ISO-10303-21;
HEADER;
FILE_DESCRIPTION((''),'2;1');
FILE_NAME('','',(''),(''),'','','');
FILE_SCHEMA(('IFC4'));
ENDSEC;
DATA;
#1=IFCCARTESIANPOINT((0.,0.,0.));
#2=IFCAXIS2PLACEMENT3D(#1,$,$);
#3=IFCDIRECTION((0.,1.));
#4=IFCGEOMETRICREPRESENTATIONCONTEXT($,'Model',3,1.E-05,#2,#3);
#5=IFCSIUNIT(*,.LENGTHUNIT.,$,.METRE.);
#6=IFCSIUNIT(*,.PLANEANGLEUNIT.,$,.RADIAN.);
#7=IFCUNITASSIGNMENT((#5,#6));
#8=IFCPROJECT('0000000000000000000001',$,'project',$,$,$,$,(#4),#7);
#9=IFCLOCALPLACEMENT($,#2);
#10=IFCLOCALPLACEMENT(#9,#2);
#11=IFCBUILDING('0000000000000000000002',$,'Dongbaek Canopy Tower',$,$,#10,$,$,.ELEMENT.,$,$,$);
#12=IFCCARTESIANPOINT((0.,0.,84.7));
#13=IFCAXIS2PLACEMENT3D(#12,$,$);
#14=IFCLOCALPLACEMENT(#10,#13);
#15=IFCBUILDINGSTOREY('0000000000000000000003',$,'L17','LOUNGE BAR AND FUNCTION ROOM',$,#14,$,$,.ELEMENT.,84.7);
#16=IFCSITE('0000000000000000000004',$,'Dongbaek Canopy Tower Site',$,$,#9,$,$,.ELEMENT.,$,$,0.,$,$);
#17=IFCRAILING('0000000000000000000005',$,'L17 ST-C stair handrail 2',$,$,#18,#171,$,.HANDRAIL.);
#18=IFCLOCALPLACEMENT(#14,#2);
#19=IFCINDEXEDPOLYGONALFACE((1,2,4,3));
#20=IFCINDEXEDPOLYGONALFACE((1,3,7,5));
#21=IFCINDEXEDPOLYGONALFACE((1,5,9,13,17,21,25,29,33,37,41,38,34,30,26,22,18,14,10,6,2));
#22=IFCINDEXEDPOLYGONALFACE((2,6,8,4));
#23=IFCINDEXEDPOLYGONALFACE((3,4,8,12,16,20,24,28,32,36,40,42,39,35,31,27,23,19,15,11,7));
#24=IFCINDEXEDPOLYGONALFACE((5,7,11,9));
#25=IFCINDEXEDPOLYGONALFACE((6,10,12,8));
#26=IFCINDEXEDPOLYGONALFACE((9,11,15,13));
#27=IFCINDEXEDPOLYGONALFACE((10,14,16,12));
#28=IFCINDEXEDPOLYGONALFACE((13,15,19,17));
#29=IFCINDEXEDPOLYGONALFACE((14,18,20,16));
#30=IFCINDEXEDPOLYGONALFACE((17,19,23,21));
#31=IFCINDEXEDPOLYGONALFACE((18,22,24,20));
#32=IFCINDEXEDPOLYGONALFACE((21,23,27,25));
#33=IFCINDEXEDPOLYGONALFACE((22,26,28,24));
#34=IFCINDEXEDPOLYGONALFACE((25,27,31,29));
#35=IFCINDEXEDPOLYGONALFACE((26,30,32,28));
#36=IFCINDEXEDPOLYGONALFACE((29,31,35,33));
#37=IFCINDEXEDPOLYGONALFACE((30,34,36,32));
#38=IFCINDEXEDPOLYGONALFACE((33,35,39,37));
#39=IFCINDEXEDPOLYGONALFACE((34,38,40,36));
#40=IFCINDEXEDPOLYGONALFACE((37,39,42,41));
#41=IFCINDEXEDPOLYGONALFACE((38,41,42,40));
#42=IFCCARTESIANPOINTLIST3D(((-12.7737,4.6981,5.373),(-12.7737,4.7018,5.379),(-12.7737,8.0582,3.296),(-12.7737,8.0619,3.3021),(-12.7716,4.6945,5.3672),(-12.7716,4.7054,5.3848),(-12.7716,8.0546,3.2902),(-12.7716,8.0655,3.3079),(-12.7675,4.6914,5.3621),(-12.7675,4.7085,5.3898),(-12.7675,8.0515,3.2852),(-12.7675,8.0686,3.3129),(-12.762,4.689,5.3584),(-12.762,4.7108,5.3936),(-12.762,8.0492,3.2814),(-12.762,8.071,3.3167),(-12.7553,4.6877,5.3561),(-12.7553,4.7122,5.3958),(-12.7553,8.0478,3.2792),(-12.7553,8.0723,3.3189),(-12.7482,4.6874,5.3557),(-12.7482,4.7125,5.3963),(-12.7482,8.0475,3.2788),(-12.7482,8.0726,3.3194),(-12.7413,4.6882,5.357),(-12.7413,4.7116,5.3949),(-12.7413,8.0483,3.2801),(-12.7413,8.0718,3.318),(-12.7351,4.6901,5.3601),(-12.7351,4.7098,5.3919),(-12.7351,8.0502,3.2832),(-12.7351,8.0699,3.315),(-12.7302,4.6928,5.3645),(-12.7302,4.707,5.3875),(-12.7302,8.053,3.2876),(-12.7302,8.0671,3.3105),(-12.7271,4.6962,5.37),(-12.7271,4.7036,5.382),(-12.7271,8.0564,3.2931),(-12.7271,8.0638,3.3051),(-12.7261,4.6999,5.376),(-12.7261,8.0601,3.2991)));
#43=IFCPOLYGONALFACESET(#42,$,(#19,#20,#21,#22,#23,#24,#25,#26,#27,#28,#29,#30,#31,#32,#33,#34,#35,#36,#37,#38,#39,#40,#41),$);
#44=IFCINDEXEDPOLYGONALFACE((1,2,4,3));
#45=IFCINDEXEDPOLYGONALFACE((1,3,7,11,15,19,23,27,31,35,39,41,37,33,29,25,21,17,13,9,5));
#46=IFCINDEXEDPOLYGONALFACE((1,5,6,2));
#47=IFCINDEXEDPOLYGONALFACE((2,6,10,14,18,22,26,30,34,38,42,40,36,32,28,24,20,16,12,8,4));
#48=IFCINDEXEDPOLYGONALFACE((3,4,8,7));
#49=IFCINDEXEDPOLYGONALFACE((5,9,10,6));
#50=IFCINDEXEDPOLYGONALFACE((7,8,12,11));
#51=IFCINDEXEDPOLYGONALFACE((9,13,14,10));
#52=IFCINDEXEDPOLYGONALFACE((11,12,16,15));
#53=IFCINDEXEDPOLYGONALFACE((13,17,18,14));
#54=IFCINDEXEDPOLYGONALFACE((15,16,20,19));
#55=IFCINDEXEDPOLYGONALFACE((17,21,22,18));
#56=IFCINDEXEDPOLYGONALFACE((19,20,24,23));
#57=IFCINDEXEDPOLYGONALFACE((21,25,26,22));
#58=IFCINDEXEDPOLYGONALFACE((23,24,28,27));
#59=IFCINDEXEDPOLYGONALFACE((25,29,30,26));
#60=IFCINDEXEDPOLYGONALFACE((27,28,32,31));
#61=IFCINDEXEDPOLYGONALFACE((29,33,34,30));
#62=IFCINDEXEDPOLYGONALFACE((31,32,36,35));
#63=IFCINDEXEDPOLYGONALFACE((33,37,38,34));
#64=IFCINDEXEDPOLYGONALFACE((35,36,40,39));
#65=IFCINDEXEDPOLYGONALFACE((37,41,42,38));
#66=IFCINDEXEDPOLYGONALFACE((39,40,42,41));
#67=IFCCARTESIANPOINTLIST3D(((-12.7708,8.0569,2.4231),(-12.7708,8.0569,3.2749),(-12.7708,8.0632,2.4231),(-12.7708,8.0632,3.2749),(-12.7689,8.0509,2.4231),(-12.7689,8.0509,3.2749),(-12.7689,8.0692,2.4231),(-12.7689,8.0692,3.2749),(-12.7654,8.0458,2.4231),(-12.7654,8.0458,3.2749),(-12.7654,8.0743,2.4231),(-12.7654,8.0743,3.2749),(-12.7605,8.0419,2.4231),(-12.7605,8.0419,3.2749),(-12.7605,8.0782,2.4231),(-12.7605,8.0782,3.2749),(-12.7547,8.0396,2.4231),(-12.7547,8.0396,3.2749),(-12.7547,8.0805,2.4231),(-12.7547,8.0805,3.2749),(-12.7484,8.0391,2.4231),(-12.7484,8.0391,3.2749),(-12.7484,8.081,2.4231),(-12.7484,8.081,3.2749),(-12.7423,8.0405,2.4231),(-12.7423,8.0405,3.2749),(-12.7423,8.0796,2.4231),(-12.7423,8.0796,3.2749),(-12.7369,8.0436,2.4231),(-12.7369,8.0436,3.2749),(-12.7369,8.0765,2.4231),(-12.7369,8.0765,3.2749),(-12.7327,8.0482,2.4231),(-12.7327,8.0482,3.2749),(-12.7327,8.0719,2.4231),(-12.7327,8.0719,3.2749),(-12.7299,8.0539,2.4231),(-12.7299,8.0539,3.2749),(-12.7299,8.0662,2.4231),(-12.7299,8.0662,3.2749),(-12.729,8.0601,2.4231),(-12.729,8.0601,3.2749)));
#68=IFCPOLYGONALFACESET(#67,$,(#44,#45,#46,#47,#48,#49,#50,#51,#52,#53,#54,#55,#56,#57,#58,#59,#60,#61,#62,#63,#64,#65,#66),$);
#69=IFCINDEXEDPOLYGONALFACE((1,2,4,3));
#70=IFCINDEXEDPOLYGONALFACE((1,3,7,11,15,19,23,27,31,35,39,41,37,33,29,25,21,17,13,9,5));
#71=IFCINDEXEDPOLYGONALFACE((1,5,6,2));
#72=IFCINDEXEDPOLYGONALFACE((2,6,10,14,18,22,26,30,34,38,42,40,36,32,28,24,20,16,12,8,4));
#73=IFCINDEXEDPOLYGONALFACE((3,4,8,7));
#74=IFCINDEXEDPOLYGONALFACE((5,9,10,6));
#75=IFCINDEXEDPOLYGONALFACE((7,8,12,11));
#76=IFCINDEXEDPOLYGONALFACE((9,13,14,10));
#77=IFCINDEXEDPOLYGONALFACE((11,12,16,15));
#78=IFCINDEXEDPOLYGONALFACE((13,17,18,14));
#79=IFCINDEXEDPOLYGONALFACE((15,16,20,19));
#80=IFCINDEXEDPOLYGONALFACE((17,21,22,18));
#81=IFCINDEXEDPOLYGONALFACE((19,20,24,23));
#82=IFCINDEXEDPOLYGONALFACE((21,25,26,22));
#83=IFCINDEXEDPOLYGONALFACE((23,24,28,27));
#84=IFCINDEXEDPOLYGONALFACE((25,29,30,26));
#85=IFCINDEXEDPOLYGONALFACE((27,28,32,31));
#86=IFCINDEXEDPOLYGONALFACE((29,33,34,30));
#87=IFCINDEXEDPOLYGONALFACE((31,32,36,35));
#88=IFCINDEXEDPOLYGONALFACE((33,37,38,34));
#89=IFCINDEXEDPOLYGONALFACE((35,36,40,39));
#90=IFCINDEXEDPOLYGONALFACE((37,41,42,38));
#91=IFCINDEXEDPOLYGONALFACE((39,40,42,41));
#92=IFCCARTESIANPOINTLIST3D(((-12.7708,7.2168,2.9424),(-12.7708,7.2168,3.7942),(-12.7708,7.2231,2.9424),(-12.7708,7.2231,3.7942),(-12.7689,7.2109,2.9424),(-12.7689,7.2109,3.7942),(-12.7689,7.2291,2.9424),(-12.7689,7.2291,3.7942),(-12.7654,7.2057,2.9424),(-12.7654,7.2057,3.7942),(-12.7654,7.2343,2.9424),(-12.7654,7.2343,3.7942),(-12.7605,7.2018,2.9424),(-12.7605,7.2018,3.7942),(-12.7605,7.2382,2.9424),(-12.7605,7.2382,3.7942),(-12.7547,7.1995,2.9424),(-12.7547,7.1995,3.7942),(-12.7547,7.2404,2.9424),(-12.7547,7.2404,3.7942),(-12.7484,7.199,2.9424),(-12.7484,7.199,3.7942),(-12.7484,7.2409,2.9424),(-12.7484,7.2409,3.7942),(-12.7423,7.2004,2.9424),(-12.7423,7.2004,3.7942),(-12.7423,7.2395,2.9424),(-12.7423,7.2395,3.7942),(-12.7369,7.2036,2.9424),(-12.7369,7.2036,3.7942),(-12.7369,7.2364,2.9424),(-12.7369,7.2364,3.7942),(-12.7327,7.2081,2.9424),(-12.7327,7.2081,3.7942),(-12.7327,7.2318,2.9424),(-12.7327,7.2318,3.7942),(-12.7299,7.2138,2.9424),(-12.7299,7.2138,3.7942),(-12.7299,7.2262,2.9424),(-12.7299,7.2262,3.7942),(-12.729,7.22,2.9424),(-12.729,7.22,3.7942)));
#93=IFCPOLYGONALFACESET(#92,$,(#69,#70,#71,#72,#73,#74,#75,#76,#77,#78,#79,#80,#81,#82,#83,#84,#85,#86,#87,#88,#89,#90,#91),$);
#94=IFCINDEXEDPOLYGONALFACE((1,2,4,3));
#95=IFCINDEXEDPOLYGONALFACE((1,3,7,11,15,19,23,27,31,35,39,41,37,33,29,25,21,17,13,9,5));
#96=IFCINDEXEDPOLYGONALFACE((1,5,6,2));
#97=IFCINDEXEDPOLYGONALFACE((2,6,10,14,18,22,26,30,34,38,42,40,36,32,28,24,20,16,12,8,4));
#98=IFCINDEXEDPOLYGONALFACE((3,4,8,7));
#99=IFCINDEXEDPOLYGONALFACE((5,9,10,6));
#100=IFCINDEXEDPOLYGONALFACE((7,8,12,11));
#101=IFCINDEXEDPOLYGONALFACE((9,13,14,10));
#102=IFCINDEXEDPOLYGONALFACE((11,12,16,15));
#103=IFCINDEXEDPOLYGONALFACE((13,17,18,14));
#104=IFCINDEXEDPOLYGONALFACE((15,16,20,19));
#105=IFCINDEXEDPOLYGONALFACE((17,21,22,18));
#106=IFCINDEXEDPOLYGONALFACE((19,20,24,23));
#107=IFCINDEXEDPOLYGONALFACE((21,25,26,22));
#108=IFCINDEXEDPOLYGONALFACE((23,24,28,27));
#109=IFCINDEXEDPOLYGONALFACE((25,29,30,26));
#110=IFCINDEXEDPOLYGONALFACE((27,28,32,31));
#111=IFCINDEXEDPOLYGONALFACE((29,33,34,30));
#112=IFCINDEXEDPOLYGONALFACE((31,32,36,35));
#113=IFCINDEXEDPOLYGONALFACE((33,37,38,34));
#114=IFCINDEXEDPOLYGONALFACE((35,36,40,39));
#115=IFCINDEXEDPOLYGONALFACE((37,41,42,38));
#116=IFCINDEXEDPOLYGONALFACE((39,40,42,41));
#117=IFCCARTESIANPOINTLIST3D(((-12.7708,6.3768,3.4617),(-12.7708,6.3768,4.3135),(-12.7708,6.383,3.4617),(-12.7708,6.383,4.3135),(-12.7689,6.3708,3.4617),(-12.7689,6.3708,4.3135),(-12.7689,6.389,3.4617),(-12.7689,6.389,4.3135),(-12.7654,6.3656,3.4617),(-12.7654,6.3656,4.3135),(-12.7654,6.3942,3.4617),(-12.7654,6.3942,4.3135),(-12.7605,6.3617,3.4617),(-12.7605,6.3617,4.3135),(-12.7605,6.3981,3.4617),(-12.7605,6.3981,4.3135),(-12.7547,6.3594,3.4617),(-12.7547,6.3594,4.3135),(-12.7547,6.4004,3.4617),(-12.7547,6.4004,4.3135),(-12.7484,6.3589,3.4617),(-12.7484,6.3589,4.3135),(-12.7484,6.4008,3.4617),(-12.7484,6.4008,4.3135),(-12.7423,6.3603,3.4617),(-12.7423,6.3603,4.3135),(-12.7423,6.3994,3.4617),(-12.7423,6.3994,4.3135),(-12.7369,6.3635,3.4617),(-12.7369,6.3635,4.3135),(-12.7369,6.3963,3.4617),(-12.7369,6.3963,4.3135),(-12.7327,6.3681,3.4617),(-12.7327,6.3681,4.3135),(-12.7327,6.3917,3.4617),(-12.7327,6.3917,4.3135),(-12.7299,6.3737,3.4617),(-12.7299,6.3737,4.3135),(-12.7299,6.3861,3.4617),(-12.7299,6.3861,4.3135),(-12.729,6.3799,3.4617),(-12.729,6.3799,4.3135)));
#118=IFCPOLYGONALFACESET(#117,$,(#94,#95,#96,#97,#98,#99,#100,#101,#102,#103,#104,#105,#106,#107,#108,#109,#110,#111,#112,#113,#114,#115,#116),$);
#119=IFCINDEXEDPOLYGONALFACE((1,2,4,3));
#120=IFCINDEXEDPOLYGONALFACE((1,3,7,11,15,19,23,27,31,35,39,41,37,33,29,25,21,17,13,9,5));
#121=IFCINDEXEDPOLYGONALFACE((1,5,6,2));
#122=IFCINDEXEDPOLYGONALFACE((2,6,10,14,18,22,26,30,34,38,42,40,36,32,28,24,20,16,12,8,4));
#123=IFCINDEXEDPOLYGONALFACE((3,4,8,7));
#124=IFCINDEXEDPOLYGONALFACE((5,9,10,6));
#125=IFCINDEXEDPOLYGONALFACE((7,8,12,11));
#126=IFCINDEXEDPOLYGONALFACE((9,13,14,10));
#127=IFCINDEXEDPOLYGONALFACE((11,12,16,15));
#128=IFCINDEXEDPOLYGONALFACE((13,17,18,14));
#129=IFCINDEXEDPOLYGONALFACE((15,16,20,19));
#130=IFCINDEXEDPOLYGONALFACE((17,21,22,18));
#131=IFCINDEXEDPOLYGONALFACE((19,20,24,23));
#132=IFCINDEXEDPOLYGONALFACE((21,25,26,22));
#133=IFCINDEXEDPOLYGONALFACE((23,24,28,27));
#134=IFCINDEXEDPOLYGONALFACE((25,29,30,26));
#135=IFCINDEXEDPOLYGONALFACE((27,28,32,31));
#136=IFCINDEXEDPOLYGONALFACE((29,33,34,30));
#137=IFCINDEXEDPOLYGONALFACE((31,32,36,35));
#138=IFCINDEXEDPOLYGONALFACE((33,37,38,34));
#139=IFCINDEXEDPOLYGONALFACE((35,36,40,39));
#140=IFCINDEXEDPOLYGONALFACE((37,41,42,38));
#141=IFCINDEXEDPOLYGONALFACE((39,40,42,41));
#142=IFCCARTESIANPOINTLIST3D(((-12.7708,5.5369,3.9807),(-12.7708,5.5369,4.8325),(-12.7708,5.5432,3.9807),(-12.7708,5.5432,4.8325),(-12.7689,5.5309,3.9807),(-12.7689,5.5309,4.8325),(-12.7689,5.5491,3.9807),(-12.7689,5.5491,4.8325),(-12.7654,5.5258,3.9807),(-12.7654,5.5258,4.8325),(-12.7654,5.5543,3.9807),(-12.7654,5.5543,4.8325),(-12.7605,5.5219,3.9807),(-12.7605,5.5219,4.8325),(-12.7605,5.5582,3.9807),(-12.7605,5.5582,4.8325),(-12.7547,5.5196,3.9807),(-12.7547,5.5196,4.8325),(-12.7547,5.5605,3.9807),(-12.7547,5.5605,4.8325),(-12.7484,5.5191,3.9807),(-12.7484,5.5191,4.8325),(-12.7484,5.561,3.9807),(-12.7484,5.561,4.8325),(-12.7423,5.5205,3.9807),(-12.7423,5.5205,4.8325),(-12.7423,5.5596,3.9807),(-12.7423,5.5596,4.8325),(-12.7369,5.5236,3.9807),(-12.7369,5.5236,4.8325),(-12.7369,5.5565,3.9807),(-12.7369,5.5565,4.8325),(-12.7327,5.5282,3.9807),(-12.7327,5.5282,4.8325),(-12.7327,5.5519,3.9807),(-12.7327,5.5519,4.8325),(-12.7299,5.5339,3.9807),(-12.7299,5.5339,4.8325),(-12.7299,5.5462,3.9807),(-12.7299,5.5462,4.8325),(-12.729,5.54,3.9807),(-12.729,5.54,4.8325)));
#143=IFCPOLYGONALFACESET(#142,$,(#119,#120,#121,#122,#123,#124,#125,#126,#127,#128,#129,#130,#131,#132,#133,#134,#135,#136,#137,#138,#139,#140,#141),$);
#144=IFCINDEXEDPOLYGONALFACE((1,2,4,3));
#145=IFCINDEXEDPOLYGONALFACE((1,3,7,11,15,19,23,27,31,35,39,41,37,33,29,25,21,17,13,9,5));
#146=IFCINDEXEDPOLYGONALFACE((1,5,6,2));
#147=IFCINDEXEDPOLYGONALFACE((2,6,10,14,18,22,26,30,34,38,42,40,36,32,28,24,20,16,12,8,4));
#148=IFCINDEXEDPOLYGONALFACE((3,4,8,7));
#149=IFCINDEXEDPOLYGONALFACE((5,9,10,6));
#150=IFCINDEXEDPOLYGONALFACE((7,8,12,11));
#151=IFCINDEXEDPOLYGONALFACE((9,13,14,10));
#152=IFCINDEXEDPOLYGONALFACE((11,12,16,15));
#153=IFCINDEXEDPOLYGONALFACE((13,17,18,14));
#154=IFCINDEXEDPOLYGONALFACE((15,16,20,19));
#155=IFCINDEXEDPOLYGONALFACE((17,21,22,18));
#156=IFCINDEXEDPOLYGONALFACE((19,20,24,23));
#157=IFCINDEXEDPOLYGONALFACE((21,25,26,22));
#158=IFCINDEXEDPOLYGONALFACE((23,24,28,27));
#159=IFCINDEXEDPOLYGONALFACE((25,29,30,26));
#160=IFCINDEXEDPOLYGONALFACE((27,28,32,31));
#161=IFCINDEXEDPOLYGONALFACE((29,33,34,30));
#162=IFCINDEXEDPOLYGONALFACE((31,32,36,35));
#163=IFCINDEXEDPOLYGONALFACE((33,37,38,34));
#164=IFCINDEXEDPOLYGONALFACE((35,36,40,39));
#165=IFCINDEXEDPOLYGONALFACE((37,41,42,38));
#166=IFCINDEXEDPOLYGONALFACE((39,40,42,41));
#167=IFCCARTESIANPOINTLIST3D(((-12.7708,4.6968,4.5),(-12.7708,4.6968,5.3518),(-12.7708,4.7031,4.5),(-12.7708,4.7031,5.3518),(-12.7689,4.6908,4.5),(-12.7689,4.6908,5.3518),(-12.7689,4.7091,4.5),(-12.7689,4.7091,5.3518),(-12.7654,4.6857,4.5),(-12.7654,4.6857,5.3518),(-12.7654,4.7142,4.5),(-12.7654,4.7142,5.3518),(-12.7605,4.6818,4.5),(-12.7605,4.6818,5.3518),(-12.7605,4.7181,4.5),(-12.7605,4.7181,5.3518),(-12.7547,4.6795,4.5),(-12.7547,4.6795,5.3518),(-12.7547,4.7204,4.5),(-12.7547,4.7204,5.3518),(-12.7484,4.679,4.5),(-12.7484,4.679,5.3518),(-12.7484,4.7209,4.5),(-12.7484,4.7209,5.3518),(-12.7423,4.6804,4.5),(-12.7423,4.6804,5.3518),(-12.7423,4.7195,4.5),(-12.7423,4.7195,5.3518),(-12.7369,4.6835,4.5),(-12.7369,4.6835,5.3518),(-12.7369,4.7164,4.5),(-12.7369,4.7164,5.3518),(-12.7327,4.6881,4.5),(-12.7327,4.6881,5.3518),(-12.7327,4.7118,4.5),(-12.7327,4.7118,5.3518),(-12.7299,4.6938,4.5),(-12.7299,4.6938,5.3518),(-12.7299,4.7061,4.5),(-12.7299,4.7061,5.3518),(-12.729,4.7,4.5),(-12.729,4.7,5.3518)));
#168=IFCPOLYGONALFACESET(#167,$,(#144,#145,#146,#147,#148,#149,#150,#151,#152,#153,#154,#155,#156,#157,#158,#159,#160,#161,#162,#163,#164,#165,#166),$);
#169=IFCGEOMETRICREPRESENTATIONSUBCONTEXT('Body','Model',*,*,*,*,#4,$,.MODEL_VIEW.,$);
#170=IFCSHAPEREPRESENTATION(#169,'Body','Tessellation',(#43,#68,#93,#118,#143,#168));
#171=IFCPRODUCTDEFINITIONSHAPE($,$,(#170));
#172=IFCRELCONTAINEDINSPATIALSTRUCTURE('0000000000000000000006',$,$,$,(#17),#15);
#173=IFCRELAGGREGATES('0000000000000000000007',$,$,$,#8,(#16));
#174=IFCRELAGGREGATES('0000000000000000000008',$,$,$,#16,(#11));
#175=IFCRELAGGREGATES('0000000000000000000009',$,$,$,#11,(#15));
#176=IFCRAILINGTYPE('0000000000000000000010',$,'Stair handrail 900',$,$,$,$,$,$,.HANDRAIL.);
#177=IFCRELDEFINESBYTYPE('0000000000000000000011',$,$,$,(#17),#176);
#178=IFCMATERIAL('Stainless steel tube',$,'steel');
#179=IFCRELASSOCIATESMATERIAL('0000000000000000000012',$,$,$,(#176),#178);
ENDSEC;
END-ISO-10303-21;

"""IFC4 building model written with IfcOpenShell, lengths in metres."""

from ifc_helpers import new_model, si_unit, direction, frame, origin, origin_2d, place, context, subcontext, project, spatial, circle, extrude, material, type_object, element, save


model = new_model("IFC4")

# Units and contexts
model_context = context("Model", 3, precision=1e-05, world=origin(), true_north=direction((0.0, 1.0)))
body_context = subcontext(model_context, "Body", "Model", "MODEL_VIEW")
ifc_project = project(units=[si_unit("LENGTHUNIT", "METRE"), si_unit("PLANEANGLEUNIT", "RADIAN")], contexts=[model_context])

# Site, building, storey
site_placement = place(None, origin())
site = spatial("IfcSite", under=ifc_project, at=site_placement, Name="Dongbaek Canopy Tower Site", CompositionType="ELEMENT", RefElevation=0.0)
building_placement = place(site_placement, origin())
building = spatial("IfcBuilding", under=site, at=building_placement, Name="Dongbaek Canopy Tower", CompositionType="ELEMENT")
storey_placement = place(building_placement, frame((0.0, 0.0, 84.7)))
storey = spatial("IfcBuildingStorey", under=building, at=storey_placement, Name="L17", Description="LOUNGE BAR AND FUNCTION ROOM", CompositionType="ELEMENT", Elevation=84.7)

# Railing
ifc_material_1 = material(Name="Stainless steel tube", Category="steel")
railing_type_1 = type_object("IfcRailingType", Name="Stair handrail 900", PredefinedType="HANDRAIL", material=ifc_material_1)
railing_1_placement = place(storey_placement, frame((-12.75, 8.0601, 2.4231)))
element("IfcRailing", 1, at=railing_1_placement, inside=storey, type_object=railing_type_1, Name="L17 ST-C stair handrail 2", PredefinedType="HANDRAIL", context=body_context, shape_type="SweptSolid", body=[
    extrude(circle(Radius=0.0239, at=origin_2d()), frame((0.0, 0.0, 0.876), z_axis=(0.0, -0.850623, 0.525776), x_axis=(1.0, 0.0, 0.0)), (0.0, 0.0, 1.0), 3.9502),
    extrude(circle(Radius=0.021, at=origin_2d()), origin(), (0.0, 0.0, 1.0), 0.8518),
    extrude(circle(Radius=0.021, at=origin_2d()), frame((0.0, -0.8401, 0.5193)), (0.0, 0.0, 1.0), 0.8518),
    extrude(circle(Radius=0.021, at=origin_2d()), frame((0.0, -1.6802, 1.0386)), (0.0, 0.0, 1.0), 0.8518),
    extrude(circle(Radius=0.021, at=origin_2d()), frame((0.0, -2.52, 1.5576)), (0.0, 0.0, 1.0), 0.8518),
    extrude(circle(Radius=0.021, at=origin_2d()), frame((0.0, -3.3601, 2.0769)), (0.0, 0.0, 1.0), 0.8518),
])

save(model, "model.ifc")
